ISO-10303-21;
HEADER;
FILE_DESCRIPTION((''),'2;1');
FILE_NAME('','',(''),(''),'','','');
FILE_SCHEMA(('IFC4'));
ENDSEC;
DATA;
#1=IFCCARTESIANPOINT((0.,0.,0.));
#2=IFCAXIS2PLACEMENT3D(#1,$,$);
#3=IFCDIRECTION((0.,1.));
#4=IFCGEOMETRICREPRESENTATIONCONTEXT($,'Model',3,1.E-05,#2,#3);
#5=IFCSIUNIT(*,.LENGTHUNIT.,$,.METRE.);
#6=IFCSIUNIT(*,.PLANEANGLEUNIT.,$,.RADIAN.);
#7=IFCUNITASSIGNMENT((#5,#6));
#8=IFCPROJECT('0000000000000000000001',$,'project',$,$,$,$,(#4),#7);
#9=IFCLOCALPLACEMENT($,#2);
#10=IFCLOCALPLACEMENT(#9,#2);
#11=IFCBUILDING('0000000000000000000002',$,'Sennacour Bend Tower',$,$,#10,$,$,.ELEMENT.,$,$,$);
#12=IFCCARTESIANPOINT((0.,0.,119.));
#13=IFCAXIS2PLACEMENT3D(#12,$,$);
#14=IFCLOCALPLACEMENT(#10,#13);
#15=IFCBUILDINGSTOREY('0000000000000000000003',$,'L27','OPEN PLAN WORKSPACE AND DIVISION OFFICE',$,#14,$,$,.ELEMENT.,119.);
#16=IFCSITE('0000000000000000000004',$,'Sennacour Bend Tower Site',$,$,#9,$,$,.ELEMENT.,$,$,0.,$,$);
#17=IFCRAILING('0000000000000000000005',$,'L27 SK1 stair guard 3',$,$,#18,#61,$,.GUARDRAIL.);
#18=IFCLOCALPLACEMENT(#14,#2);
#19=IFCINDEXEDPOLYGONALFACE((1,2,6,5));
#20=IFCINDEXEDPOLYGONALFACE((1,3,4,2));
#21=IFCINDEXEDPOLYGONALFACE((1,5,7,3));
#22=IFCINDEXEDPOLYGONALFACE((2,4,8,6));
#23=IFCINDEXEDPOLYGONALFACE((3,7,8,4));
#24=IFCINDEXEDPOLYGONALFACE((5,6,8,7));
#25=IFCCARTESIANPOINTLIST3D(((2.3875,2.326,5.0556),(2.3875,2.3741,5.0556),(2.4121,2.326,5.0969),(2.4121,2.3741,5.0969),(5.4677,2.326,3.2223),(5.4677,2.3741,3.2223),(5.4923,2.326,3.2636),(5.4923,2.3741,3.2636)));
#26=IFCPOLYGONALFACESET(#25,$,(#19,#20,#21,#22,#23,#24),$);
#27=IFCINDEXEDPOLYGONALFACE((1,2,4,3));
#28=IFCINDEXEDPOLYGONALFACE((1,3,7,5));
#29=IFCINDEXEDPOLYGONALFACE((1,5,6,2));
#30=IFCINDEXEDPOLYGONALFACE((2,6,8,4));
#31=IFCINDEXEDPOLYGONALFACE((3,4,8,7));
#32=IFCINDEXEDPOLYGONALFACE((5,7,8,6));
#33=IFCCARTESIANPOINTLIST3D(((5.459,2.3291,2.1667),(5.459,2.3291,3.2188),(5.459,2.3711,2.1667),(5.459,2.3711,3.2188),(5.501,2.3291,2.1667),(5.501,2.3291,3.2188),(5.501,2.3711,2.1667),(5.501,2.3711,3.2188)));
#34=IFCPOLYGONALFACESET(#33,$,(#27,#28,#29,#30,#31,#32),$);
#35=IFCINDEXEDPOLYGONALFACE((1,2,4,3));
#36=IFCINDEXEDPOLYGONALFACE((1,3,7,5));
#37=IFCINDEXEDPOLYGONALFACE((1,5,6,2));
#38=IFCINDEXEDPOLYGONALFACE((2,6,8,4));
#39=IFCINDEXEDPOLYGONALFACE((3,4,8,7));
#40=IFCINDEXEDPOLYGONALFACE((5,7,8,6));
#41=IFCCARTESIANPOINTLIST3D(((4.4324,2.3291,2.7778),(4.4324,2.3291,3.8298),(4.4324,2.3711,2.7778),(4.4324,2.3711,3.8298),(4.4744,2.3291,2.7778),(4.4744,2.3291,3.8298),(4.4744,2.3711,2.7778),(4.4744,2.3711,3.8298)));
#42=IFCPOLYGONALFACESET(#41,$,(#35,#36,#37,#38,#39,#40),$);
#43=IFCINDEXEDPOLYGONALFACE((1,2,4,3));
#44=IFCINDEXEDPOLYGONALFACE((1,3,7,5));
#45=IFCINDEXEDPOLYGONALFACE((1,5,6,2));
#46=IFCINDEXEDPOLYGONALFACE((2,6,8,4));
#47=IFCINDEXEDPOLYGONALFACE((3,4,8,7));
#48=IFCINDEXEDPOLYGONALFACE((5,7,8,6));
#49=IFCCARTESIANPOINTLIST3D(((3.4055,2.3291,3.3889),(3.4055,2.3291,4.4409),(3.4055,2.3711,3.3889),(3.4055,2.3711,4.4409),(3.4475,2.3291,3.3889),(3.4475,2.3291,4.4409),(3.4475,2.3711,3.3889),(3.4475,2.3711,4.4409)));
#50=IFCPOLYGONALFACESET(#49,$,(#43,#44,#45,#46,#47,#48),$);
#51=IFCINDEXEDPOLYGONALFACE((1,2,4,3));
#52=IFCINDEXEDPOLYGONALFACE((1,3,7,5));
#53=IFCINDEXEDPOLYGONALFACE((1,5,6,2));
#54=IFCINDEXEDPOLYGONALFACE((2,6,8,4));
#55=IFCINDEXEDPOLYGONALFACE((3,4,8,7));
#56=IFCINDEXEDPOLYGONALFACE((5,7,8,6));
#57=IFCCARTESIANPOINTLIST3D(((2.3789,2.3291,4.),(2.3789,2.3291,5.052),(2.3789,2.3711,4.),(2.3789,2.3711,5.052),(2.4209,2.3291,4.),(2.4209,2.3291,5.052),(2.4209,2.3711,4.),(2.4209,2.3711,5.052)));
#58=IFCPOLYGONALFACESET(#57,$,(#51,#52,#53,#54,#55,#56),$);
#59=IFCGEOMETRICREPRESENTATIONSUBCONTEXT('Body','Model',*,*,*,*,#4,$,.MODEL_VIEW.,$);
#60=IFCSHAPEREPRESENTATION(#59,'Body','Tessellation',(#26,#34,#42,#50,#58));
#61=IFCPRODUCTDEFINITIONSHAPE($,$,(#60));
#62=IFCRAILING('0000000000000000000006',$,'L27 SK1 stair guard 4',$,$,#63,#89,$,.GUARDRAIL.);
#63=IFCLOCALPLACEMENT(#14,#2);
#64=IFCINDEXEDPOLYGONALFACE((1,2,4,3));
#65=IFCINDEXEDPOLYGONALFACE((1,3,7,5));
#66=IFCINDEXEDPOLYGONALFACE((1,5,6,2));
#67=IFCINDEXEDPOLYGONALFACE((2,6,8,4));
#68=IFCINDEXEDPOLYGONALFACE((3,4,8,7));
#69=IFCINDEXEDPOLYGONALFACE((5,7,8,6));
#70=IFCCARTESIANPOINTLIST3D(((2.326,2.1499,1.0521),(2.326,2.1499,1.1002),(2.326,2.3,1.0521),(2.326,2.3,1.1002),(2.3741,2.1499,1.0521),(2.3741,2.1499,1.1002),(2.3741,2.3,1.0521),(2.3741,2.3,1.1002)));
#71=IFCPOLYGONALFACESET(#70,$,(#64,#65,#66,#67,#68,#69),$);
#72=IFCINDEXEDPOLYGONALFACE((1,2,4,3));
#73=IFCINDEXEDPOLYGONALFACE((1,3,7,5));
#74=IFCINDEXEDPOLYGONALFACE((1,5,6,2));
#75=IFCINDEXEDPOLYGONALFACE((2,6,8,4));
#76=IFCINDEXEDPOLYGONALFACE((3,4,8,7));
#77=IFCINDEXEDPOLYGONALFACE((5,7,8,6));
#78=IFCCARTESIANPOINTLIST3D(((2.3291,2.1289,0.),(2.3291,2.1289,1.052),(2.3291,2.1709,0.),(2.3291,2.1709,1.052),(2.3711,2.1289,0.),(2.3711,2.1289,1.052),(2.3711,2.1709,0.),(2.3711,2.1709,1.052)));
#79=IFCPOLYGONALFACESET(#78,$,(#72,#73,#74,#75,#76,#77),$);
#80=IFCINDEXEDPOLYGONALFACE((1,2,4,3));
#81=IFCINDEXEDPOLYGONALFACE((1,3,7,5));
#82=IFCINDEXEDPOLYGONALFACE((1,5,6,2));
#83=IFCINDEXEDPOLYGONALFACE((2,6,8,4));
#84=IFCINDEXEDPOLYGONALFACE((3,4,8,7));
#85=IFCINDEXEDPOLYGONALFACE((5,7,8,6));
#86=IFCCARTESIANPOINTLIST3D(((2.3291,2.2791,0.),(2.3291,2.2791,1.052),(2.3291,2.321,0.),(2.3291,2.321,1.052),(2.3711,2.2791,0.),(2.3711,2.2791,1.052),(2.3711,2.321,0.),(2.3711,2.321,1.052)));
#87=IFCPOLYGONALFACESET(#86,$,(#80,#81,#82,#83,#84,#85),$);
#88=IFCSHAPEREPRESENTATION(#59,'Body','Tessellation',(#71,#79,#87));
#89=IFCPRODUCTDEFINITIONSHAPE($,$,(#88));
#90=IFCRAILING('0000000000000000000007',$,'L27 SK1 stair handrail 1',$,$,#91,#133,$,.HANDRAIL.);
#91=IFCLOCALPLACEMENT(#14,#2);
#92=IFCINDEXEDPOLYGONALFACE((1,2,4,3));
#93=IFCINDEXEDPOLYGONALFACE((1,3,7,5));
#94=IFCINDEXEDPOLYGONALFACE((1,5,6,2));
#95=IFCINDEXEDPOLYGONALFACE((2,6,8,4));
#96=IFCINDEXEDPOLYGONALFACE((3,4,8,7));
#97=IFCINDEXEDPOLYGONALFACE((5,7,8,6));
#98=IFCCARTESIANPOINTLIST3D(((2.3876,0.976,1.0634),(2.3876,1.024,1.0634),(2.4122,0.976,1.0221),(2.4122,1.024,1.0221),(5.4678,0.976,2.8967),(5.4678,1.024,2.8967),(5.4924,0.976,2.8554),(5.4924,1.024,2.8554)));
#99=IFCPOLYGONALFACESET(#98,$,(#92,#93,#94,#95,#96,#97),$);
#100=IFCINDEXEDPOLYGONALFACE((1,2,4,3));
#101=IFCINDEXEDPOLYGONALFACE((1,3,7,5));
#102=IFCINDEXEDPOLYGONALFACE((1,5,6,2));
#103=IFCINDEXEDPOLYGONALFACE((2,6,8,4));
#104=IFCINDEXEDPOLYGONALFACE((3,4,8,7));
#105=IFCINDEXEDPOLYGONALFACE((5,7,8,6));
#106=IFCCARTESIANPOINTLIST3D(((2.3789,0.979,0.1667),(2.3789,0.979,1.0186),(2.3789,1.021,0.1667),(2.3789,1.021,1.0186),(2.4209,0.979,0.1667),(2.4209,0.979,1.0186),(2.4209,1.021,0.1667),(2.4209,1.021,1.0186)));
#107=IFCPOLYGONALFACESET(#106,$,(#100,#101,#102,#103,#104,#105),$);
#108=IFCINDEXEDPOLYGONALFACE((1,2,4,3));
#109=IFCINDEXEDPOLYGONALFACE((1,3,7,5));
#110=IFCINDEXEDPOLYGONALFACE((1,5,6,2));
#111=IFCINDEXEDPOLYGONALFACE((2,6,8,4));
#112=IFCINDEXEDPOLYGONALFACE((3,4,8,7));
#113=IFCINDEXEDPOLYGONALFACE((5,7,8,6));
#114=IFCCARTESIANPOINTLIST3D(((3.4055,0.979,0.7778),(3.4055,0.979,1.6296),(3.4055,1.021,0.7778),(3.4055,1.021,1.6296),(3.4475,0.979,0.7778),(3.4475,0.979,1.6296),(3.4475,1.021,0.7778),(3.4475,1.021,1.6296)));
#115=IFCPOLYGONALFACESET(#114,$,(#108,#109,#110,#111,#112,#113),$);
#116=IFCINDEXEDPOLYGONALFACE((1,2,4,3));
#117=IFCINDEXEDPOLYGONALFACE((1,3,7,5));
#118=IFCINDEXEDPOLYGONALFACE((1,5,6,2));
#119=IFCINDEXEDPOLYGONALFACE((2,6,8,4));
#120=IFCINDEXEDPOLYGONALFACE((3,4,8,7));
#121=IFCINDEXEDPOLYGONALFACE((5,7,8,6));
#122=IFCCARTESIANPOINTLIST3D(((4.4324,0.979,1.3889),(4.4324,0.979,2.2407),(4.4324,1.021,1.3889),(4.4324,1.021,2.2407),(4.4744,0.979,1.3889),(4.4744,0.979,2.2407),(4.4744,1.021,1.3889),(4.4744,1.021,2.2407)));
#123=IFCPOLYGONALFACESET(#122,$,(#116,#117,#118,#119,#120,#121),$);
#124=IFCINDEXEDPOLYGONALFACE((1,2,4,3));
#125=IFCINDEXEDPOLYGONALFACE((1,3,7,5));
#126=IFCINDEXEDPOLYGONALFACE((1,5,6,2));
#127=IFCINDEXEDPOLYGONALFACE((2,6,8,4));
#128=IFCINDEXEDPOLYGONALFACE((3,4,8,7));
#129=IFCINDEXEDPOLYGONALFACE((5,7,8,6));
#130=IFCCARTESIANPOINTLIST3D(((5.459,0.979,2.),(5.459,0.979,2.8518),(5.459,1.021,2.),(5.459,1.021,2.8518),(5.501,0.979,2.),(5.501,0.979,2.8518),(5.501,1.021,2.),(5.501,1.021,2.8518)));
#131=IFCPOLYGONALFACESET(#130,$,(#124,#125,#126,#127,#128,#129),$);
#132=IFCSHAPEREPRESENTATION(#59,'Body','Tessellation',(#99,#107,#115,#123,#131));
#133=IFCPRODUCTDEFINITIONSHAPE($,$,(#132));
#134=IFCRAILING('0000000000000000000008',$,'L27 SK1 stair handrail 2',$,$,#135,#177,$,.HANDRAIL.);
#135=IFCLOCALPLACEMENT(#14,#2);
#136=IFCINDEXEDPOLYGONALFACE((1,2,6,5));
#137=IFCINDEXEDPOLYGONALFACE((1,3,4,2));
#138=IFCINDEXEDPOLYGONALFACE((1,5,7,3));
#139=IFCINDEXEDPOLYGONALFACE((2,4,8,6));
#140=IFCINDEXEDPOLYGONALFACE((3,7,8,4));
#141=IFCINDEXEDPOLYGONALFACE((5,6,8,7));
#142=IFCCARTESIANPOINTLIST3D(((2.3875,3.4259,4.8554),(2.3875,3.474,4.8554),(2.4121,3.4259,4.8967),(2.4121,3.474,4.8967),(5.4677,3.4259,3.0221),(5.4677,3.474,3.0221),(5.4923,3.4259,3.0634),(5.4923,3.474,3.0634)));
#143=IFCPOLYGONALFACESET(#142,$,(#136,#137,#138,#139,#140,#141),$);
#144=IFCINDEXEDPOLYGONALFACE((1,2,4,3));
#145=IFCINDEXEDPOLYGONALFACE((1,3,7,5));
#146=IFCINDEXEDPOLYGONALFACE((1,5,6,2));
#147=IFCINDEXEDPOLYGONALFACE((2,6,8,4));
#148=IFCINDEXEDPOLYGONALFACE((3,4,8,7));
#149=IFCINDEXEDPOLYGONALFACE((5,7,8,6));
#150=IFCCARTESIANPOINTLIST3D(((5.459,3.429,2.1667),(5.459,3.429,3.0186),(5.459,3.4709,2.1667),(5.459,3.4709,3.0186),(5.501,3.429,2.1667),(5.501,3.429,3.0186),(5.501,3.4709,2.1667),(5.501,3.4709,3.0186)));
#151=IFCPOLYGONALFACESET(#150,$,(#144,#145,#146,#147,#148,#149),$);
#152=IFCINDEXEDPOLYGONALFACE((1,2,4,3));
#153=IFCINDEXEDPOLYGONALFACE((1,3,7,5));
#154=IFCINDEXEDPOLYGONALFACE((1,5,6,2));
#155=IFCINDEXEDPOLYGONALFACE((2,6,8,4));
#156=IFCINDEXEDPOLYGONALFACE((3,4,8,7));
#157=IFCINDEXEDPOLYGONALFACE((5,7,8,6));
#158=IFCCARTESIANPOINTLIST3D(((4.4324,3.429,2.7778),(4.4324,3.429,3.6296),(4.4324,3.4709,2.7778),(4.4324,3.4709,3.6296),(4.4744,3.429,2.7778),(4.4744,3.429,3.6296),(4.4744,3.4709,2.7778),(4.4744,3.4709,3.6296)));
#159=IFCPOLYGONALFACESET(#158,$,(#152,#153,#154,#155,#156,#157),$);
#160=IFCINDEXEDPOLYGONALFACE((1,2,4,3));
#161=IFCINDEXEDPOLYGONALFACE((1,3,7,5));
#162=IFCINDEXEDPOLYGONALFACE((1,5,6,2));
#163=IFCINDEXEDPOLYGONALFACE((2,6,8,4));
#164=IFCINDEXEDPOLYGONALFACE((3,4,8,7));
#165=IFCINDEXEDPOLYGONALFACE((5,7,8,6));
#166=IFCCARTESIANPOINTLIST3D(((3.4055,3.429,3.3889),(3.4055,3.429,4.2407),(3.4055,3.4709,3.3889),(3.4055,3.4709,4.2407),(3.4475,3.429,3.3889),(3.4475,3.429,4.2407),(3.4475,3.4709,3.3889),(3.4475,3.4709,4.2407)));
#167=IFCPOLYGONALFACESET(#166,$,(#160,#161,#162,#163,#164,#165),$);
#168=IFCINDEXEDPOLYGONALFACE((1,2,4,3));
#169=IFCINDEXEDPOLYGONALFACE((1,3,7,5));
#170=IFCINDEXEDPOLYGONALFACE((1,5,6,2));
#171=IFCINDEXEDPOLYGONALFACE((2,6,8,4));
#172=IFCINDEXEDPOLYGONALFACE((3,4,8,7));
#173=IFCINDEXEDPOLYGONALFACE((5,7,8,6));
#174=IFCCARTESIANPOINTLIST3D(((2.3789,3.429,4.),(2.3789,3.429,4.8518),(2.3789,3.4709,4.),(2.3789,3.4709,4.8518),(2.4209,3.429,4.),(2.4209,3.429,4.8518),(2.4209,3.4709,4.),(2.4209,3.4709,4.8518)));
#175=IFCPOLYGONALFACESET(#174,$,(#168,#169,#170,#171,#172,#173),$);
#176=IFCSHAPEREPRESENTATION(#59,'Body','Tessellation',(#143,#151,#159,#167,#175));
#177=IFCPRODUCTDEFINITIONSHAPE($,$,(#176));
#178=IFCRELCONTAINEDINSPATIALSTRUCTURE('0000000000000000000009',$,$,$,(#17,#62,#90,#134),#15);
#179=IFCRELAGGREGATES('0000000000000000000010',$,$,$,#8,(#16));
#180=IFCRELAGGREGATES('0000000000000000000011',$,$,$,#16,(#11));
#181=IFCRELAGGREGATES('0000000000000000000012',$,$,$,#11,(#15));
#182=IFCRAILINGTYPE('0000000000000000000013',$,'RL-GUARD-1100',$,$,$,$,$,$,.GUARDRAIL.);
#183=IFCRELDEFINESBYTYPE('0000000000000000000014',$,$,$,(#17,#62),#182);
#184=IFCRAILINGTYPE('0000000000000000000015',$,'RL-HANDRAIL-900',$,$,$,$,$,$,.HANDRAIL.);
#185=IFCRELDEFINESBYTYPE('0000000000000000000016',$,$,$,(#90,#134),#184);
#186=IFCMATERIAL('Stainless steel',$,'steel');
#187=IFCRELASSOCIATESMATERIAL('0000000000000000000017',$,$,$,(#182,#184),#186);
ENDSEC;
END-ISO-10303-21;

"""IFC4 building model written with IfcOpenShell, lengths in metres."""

from ifc_helpers import new_model, si_unit, direction, frame, origin, origin_2d, place, context, subcontext, project, spatial, rectangle, extrude, material, type_object, element, save


model = new_model("IFC4")

# Units and contexts
model_context = context("Model", 3, precision=1e-05, world=origin(), true_north=direction((0.0, 1.0)))
body_context = subcontext(model_context, "Body", "Model", "MODEL_VIEW")
ifc_project = project(units=[si_unit("LENGTHUNIT", "METRE"), si_unit("PLANEANGLEUNIT", "RADIAN")], contexts=[model_context])

# Site, building, storey
site_placement = place(None, origin())
site = spatial("IfcSite", under=ifc_project, at=site_placement, Name="Sennacour Bend Tower Site", CompositionType="ELEMENT", RefElevation=0.0)
building_placement = place(site_placement, origin())
building = spatial("IfcBuilding", under=site, at=building_placement, Name="Sennacour Bend Tower", CompositionType="ELEMENT")
storey_placement = place(building_placement, frame((0.0, 0.0, 119.0)))
storey = spatial("IfcBuildingStorey", under=building, at=storey_placement, Name="L27", Description="OPEN PLAN WORKSPACE AND DIVISION OFFICE", CompositionType="ELEMENT", Elevation=119.0)

# Railings
ifc_material_1 = material(Name="Stainless steel", Category="steel")
railing_type_1 = type_object("IfcRailingType", Name="RL-GUARD-1100", PredefinedType="GUARDRAIL", material=ifc_material_1)
railing_1_placement = place(storey_placement, frame((5.48, 2.3501, 2.1667)))
element("IfcRailing", 1, at=railing_1_placement, inside=storey, type_object=railing_type_1, Name="L27 SK1 stair guard 3", PredefinedType="GUARDRAIL", context=body_context, shape_type="SweptSolid", body=[
    extrude(rectangle(XDim=0.0481, YDim=0.0481, at=origin_2d()), frame((0.0, 0.0, 1.0762), z_axis=(-0.859309, 0.0, 0.511458), x_axis=(0.0, -1.0, 0.0)), (0.0, 0.0, 1.0), 3.5845),
    extrude(rectangle(XDim=0.042, YDim=0.042, at=origin_2d()), origin(), (0.0, 0.0, 1.0), 1.052),
    extrude(rectangle(XDim=0.042, YDim=0.042, at=origin_2d()), frame((-1.0266, 0.0, 0.6111)), (0.0, 0.0, 1.0), 1.052),
    extrude(rectangle(XDim=0.042, YDim=0.042, at=origin_2d()), frame((-2.0535, 0.0, 1.2222)), (0.0, 0.0, 1.0), 1.052),
    extrude(rectangle(XDim=0.042, YDim=0.042, at=origin_2d()), frame((-3.0801, 0.0, 1.8333)), (0.0, 0.0, 1.0), 1.052),
])
railing_2_placement = place(storey_placement, frame((2.3501, 2.1499, 0.0)))
element("IfcRailing", 2, at=railing_2_placement, inside=storey, type_object=railing_type_1, Name="L27 SK1 stair guard 4", PredefinedType="GUARDRAIL", context=body_context, shape_type="SweptSolid", body=[
    extrude(rectangle(XDim=0.0481, YDim=0.0481, at=origin_2d()), frame((0.0, 0.0, 1.0762), z_axis=(0.0, 1.0, 0.0), x_axis=(-1.0, 0.0, 0.0)), (0.0, 0.0, 1.0), 0.1501),
    extrude(rectangle(XDim=0.042, YDim=0.042, at=origin_2d()), origin(), (0.0, 0.0, 1.0), 1.052),
    extrude(rectangle(XDim=0.042, YDim=0.042, at=origin_2d()), frame((0.0, 0.1501, 0.0)), (0.0, 0.0, 1.0), 1.052),
])
railing_type_2 = type_object("IfcRailingType", Name="RL-HANDRAIL-900", PredefinedType="HANDRAIL", material=ifc_material_1)
railing_3_placement = place(storey_placement, frame((2.3999, 1.0, 0.1667)))
element("IfcRailing", 3, at=railing_3_placement, inside=storey, type_object=railing_type_2, Name="L27 SK1 stair handrail 1", PredefinedType="HANDRAIL", context=body_context, shape_type="SweptSolid", body=[
    extrude(rectangle(XDim=0.0481, YDim=0.0481, at=origin_2d()), frame((0.0, 0.0, 0.876), z_axis=(0.859309, 0.0, 0.511458), x_axis=(0.0, 1.0, 0.0)), (0.0, 0.0, 1.0), 3.5845),
    extrude(rectangle(XDim=0.042, YDim=0.042, at=origin_2d()), origin(), (0.0, 0.0, 1.0), 0.8518),
    extrude(rectangle(XDim=0.042, YDim=0.042, at=origin_2d()), frame((1.0266, 0.0, 0.6111)), (0.0, 0.0, 1.0), 0.8518),
    extrude(rectangle(XDim=0.042, YDim=0.042, at=origin_2d()), frame((2.0535, 0.0, 1.2222)), (0.0, 0.0, 1.0), 0.8518),
    extrude(rectangle(XDim=0.042, YDim=0.042, at=origin_2d()), frame((3.0801, 0.0, 1.8333)), (0.0, 0.0, 1.0), 0.8518),
])
railing_4_placement = place(storey_placement, frame((5.48, 3.45, 2.1667)))
element("IfcRailing", 4, at=railing_4_placement, inside=storey, type_object=railing_type_2, Name="L27 SK1 stair handrail 2", PredefinedType="HANDRAIL", context=body_context, shape_type="SweptSolid", body=[
    extrude(rectangle(XDim=0.0481, YDim=0.0481, at=origin_2d()), frame((0.0, 0.0, 0.876), z_axis=(-0.859309, 0.0, 0.511458), x_axis=(0.0, -1.0, 0.0)), (0.0, 0.0, 1.0), 3.5845),
    extrude(rectangle(XDim=0.042, YDim=0.042, at=origin_2d()), origin(), (0.0, 0.0, 1.0), 0.8518),
    extrude(rectangle(XDim=0.042, YDim=0.042, at=origin_2d()), frame((-1.0266, 0.0, 0.6111)), (0.0, 0.0, 1.0), 0.8518),
    extrude(rectangle(XDim=0.042, YDim=0.042, at=origin_2d()), frame((-2.0535, 0.0, 1.2222)), (0.0, 0.0, 1.0), 0.8518),
    extrude(rectangle(XDim=0.042, YDim=0.042, at=origin_2d()), frame((-3.0801, 0.0, 1.8333)), (0.0, 0.0, 1.0), 0.8518),
])

save(model, "model.ifc")
